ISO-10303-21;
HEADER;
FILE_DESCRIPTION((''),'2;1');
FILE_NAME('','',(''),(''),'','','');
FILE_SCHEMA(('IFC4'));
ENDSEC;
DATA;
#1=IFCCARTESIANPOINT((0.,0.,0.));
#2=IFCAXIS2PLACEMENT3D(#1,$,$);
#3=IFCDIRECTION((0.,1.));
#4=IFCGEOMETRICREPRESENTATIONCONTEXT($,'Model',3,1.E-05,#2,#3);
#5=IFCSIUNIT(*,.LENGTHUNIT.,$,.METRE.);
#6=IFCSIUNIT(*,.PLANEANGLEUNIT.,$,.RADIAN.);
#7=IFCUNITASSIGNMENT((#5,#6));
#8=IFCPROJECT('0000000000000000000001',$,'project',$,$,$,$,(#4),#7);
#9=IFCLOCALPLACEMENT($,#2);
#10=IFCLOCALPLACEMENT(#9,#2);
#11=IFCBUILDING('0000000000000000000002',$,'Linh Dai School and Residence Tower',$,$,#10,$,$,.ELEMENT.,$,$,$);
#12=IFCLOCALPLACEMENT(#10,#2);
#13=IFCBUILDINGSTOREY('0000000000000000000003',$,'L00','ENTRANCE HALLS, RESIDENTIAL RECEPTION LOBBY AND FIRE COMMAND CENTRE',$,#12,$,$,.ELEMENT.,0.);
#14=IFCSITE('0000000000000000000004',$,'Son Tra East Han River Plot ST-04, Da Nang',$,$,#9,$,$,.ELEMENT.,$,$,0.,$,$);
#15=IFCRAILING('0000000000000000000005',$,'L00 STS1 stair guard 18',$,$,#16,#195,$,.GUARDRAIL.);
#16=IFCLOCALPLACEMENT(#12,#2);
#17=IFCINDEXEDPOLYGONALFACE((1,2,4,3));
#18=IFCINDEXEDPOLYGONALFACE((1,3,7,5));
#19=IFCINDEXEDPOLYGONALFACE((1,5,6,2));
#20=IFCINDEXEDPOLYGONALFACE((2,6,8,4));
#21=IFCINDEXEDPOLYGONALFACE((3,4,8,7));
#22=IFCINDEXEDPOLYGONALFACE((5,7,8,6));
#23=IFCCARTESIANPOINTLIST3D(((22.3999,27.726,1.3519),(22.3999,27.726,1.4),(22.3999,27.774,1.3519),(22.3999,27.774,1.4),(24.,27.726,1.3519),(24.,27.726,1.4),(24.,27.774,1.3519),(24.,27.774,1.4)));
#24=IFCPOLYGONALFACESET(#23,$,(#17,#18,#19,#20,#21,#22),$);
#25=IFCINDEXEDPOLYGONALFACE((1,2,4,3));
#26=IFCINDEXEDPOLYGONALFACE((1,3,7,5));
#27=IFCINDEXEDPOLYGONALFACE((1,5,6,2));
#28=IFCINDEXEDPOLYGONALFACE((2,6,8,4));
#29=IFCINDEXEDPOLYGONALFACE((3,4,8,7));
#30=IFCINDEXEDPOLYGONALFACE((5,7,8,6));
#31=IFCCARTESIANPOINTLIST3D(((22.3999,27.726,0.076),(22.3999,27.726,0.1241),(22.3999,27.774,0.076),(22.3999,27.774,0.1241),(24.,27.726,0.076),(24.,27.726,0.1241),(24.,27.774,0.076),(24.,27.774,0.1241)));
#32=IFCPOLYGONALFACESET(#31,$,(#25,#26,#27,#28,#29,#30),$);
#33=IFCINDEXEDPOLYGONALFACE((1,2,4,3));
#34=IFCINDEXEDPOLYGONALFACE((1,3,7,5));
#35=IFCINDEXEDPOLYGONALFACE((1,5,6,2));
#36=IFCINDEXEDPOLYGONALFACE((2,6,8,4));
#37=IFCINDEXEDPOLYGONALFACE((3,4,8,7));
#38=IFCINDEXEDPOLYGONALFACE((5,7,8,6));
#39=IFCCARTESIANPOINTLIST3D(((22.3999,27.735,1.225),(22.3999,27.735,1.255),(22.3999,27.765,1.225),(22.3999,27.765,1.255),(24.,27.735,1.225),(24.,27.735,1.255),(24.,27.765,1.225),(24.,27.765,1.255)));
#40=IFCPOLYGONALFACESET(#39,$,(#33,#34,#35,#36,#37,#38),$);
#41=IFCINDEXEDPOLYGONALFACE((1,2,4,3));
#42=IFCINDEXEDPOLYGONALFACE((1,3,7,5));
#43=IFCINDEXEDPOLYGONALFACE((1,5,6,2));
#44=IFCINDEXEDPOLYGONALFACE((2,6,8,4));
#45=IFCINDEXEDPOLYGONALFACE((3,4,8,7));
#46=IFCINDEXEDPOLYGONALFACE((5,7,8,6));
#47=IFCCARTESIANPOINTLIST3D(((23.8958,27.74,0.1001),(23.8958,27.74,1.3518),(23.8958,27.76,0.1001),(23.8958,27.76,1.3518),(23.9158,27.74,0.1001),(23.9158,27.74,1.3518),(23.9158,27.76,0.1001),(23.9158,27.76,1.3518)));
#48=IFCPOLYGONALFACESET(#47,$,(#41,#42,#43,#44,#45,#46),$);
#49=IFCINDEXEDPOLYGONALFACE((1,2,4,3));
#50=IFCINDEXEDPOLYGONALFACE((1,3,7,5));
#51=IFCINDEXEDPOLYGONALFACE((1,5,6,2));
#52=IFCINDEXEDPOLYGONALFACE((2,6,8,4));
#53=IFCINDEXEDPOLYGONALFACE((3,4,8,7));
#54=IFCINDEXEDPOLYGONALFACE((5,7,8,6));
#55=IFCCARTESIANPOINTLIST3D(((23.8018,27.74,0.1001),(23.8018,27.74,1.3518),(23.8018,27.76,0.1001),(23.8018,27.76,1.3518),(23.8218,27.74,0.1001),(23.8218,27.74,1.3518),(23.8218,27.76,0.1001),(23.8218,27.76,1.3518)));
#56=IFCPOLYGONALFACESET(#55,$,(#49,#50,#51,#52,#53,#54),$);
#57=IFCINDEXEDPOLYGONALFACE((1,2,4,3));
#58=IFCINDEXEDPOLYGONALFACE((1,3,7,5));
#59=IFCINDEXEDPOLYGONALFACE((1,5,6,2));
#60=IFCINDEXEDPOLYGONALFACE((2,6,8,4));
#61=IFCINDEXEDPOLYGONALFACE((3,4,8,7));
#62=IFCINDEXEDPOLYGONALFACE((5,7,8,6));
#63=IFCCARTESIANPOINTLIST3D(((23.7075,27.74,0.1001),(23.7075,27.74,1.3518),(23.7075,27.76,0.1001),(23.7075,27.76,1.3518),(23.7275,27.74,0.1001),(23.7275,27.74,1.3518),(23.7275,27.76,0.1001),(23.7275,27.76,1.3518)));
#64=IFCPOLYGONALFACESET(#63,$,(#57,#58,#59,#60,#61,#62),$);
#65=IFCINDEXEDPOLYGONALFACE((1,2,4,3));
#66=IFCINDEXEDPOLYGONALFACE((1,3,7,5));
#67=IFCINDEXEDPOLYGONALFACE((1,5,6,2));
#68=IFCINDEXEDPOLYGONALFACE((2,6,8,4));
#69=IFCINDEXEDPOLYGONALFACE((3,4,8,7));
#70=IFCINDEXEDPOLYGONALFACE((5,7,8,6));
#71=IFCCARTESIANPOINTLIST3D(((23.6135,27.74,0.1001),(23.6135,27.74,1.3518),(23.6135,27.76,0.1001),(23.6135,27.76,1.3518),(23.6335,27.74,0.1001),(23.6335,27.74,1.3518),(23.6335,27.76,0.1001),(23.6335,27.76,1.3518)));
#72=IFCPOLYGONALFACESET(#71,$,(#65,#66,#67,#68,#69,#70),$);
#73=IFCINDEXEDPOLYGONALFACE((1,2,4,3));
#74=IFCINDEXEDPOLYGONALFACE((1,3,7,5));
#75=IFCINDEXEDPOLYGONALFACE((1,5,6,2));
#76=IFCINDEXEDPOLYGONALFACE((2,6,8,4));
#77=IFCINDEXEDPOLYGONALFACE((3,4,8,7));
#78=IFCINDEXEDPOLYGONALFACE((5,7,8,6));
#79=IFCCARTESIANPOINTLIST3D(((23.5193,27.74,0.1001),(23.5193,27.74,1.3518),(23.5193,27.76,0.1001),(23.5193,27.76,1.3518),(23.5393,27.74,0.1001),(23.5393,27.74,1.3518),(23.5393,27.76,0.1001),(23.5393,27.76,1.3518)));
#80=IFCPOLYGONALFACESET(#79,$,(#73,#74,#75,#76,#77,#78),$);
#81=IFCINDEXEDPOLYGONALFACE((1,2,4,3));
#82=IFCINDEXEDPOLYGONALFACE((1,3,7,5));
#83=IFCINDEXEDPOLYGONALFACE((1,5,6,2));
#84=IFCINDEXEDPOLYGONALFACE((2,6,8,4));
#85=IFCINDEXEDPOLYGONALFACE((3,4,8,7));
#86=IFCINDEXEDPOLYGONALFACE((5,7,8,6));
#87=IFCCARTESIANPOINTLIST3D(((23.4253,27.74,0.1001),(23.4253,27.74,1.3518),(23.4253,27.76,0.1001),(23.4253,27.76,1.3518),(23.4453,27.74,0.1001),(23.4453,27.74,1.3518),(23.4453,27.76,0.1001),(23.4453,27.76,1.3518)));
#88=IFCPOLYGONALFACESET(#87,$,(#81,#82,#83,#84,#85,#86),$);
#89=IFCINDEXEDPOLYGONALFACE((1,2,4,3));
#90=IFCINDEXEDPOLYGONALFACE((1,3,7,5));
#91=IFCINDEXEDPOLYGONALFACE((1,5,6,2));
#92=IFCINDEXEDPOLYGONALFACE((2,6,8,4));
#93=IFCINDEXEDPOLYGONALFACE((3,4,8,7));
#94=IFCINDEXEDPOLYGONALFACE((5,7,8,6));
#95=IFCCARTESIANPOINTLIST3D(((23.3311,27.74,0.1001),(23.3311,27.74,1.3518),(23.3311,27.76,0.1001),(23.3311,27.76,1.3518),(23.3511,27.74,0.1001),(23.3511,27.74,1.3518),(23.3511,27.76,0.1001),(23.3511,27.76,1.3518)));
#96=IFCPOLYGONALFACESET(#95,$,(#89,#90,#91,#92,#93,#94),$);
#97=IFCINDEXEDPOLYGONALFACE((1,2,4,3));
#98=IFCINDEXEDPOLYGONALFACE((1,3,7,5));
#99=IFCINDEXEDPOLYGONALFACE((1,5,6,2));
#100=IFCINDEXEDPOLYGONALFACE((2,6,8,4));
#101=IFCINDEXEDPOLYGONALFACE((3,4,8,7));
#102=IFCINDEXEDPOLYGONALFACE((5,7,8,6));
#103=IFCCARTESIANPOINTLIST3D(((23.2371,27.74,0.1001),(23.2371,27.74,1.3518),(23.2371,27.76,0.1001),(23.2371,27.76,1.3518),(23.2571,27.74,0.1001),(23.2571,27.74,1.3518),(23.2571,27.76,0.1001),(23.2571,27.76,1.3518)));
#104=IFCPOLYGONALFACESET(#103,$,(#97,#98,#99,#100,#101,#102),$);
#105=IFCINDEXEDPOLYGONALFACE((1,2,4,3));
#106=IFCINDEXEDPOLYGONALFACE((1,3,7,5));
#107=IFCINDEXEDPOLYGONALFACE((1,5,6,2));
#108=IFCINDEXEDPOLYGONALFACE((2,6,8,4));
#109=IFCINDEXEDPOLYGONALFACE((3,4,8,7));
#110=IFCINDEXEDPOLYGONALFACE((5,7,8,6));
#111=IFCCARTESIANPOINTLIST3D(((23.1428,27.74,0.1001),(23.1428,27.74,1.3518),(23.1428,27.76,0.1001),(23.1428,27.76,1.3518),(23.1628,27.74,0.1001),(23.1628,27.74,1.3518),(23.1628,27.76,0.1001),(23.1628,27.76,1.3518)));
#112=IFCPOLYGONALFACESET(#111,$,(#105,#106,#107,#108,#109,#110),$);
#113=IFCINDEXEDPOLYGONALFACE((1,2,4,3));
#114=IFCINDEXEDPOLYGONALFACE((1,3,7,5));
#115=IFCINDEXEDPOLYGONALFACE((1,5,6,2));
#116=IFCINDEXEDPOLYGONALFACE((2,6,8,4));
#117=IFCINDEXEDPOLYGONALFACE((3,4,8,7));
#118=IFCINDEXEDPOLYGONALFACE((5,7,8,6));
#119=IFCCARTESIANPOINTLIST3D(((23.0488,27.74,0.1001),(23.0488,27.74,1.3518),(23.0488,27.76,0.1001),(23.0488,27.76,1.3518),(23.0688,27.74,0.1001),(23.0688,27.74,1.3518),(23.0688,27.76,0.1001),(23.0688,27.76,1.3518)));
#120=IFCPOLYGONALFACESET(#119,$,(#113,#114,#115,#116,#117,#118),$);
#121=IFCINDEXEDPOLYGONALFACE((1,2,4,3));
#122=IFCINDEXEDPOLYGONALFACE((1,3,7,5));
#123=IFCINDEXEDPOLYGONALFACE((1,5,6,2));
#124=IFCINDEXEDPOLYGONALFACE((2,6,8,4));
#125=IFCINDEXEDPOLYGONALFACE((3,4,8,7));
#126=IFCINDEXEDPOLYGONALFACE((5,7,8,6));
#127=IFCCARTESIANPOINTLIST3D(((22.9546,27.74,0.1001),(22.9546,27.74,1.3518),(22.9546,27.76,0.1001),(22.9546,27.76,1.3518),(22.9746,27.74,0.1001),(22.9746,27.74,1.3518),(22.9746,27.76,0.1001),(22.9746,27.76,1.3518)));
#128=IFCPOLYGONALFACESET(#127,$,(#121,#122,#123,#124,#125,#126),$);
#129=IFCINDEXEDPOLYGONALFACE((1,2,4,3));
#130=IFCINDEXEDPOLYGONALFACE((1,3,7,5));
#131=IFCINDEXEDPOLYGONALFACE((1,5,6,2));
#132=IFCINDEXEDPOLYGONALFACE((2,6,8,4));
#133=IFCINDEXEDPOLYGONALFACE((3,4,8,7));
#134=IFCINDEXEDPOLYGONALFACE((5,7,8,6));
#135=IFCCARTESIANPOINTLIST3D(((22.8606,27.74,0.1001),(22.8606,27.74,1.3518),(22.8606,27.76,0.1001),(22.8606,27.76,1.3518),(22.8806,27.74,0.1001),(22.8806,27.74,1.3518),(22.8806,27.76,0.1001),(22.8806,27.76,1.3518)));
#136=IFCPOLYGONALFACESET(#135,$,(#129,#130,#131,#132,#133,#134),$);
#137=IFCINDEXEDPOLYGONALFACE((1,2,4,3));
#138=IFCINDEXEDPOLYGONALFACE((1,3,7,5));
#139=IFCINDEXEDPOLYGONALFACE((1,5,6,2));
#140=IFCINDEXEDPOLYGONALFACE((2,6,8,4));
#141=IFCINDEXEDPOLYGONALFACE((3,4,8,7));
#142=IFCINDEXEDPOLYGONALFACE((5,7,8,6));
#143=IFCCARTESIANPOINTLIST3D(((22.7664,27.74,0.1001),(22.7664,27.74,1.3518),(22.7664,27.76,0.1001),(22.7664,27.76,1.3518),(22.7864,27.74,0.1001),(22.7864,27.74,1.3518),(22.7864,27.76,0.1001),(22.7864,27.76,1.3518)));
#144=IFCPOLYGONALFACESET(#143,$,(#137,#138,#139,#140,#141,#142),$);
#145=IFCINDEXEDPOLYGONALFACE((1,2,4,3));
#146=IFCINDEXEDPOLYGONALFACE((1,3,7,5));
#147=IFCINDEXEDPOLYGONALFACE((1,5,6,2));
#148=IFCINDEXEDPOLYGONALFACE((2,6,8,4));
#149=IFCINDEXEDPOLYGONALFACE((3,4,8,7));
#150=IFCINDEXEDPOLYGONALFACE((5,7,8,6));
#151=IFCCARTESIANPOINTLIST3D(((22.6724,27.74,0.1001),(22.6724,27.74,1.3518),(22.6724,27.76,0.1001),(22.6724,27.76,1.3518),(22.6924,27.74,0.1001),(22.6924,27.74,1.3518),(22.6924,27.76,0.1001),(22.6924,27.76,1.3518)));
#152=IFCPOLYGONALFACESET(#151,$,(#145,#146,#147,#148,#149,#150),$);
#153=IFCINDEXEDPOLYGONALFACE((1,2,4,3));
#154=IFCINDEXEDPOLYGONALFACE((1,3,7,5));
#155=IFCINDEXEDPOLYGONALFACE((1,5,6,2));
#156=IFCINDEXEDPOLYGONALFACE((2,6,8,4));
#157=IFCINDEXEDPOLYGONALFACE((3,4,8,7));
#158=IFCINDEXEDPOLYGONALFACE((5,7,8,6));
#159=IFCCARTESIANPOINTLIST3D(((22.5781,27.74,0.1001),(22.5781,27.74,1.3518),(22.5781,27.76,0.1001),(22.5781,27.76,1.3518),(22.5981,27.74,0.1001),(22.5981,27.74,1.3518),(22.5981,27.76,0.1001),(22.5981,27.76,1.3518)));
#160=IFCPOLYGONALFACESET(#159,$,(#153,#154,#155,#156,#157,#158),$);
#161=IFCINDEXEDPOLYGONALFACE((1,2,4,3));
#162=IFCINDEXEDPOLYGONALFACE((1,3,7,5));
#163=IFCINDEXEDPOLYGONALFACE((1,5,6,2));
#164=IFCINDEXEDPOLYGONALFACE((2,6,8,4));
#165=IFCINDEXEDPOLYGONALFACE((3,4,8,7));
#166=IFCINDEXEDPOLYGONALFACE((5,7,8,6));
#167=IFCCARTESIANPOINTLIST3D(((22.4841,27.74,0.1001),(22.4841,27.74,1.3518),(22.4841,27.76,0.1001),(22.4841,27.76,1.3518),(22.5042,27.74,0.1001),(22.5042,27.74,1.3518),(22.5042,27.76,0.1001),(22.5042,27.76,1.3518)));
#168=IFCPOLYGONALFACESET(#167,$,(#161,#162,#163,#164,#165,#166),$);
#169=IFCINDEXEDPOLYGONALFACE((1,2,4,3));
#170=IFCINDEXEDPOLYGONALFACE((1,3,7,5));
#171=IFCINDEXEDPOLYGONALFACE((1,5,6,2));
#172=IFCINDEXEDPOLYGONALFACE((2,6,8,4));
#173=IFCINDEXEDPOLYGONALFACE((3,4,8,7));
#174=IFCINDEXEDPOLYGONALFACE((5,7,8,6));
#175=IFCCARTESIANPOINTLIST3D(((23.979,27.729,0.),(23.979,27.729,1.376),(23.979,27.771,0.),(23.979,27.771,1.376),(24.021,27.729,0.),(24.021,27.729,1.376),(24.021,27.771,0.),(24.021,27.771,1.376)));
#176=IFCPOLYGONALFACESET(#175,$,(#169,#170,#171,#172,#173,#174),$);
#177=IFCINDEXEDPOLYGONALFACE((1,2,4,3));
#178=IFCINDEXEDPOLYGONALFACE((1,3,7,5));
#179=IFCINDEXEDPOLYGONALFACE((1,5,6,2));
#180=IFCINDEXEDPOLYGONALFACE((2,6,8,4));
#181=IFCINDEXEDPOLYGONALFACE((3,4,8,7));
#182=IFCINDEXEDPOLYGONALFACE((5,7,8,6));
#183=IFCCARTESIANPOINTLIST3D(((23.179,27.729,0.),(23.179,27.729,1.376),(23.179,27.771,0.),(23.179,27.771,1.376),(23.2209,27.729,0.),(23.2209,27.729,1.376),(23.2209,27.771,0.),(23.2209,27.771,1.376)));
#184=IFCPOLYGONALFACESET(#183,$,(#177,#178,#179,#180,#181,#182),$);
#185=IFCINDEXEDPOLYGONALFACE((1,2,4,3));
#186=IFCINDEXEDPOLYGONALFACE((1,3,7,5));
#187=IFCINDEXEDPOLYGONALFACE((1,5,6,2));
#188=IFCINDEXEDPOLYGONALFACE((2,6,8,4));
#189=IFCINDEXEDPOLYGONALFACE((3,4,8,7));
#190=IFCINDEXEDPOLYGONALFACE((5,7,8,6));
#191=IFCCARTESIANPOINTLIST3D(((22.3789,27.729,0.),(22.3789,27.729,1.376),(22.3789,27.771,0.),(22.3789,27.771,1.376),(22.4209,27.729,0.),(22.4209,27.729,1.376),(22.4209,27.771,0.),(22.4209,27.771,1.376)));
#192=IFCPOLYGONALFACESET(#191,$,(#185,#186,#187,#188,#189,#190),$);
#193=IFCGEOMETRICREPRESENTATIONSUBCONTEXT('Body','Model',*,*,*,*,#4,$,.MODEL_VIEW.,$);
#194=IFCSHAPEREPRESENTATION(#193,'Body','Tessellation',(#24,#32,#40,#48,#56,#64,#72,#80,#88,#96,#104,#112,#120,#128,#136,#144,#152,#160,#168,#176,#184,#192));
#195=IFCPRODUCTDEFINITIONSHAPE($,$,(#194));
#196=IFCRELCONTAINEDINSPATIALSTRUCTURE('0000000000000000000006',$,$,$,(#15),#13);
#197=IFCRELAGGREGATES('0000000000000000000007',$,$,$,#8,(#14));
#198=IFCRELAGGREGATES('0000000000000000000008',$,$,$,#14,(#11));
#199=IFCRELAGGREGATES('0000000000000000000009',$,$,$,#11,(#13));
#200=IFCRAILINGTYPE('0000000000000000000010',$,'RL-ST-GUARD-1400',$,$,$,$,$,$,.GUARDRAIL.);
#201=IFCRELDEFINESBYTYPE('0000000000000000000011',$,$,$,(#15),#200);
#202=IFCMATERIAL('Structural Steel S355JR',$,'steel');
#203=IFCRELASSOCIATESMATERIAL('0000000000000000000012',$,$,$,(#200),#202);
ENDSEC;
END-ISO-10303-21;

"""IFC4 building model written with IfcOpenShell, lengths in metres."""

from ifc_helpers import new_model, si_unit, direction, frame, origin, origin_2d, place, context, subcontext, project, spatial, rectangle, extrude, source, transform, mapped, material, type_object, element, save


model = new_model("IFC4")

# Units and contexts
model_context = context("Model", 3, precision=1e-05, world=origin(), true_north=direction((0.0, 1.0)))
body_context = subcontext(model_context, "Body", "Model", "MODEL_VIEW")
ifc_project = project(units=[si_unit("LENGTHUNIT", "METRE"), si_unit("PLANEANGLEUNIT", "RADIAN")], contexts=[model_context])

# Site, building, storey
site_placement = place(None, origin())
site = spatial("IfcSite", under=ifc_project, at=site_placement, Name="Son Tra East Han River Plot ST-04, Da Nang", CompositionType="ELEMENT", RefElevation=0.0)
building_placement = place(site_placement, origin())
building = spatial("IfcBuilding", under=site, at=building_placement, Name="Linh Dai School and Residence Tower", CompositionType="ELEMENT")
storey_placement = place(building_placement, origin())
storey = spatial("IfcBuildingStorey", under=building, at=storey_placement, Name="L00", Description="ENTRANCE HALLS, RESIDENTIAL RECEPTION LOBBY AND FIRE COMMAND CENTRE", CompositionType="ELEMENT", Elevation=0.0)

# Shared definitions
ifc_material_1 = material(Name="Structural Steel S355JR", Category="steel")

# Railing
railing_type_1 = type_object("IfcRailingType", Name="RL-ST-GUARD-1400", PredefinedType="GUARDRAIL", material=ifc_material_1)
shared_shape_1 = source(origin(), body_context, "Body", "SweptSolid", [
    extrude(rectangle(XDim=0.0481, YDim=0.0481, at=origin_2d()), frame((0.0, 0.0, 1.376), z_axis=(-1.0, 0.0, 0.0), x_axis=(0.0, -1.0, 0.0)), (0.0, 0.0, 1.0), 1.6001),
    extrude(rectangle(XDim=0.0481, YDim=0.0481, at=origin_2d()), frame((0.0, 0.0, 0.1001), z_axis=(-1.0, 0.0, 0.0), x_axis=(0.0, -1.0, 0.0)), (0.0, 0.0, 1.0), 1.6001),
    extrude(rectangle(XDim=0.03, YDim=0.03, at=origin_2d()), frame((0.0, 0.0, 1.24), z_axis=(-1.0, 0.0, 0.0), x_axis=(0.0, -1.0, 0.0)), (0.0, 0.0, 1.0), 1.6001),
    extrude(rectangle(XDim=0.02, YDim=0.02, at=origin_2d()), frame((-0.0942, 0.0, 0.1001)), (0.0, 0.0, 1.0), 1.2517),
    extrude(rectangle(XDim=0.02, YDim=0.02, at=origin_2d()), frame((-0.1882, 0.0, 0.1001)), (0.0, 0.0, 1.0), 1.2517),
    extrude(rectangle(XDim=0.02, YDim=0.02, at=origin_2d()), frame((-0.2825, 0.0, 0.1001)), (0.0, 0.0, 1.0), 1.2517),
    extrude(rectangle(XDim=0.02, YDim=0.02, at=origin_2d()), frame((-0.3765, 0.0, 0.1001)), (0.0, 0.0, 1.0), 1.2517),
    extrude(rectangle(XDim=0.02, YDim=0.02, at=origin_2d()), frame((-0.4707, 0.0, 0.1001)), (0.0, 0.0, 1.0), 1.2517),
    extrude(rectangle(XDim=0.02, YDim=0.02, at=origin_2d()), frame((-0.5647, 0.0, 0.1001)), (0.0, 0.0, 1.0), 1.2517),
    extrude(rectangle(XDim=0.02, YDim=0.02, at=origin_2d()), frame((-0.6589, 0.0, 0.1001)), (0.0, 0.0, 1.0), 1.2517),
    extrude(rectangle(XDim=0.02, YDim=0.02, at=origin_2d()), frame((-0.7529, 0.0, 0.1001)), (0.0, 0.0, 1.0), 1.2517),
    extrude(rectangle(XDim=0.02, YDim=0.02, at=origin_2d()), frame((-0.8472, 0.0, 0.1001)), (0.0, 0.0, 1.0), 1.2517),
    extrude(rectangle(XDim=0.02, YDim=0.02, at=origin_2d()), frame((-0.9412, 0.0, 0.1001)), (0.0, 0.0, 1.0), 1.2517),
    extrude(rectangle(XDim=0.02, YDim=0.02, at=origin_2d()), frame((-1.0354, 0.0, 0.1001)), (0.0, 0.0, 1.0), 1.2517),
    extrude(rectangle(XDim=0.02, YDim=0.02, at=origin_2d()), frame((-1.1294, 0.0, 0.1001)), (0.0, 0.0, 1.0), 1.2517),
    extrude(rectangle(XDim=0.02, YDim=0.02, at=origin_2d()), frame((-1.2236, 0.0, 0.1001)), (0.0, 0.0, 1.0), 1.2517),
    extrude(rectangle(XDim=0.02, YDim=0.02, at=origin_2d()), frame((-1.3176, 0.0, 0.1001)), (0.0, 0.0, 1.0), 1.2517),
    extrude(rectangle(XDim=0.02, YDim=0.02, at=origin_2d()), frame((-1.4119, 0.0, 0.1001)), (0.0, 0.0, 1.0), 1.2517),
    extrude(rectangle(XDim=0.02, YDim=0.02, at=origin_2d()), frame((-1.5059, 0.0, 0.1001)), (0.0, 0.0, 1.0), 1.2517),
    extrude(rectangle(XDim=0.042, YDim=0.042, at=origin_2d()), origin(), (0.0, 0.0, 1.0), 1.376),
    extrude(rectangle(XDim=0.042, YDim=0.042, at=origin_2d()), frame((-0.8, 0.0, 0.0)), (0.0, 0.0, 1.0), 1.376),
    extrude(rectangle(XDim=0.042, YDim=0.042, at=origin_2d()), frame((-1.6001, 0.0, 0.0)), (0.0, 0.0, 1.0), 1.376),
])
for number, where, name in (
    (1, (24.0, 27.75, 0.0), "L00 STS1 stair guard 18"),
):
    element("IfcRailing", number, at=place(storey_placement, frame(where)), inside=storey, type_object=railing_type_1, Name=name, PredefinedType="GUARDRAIL", context=body_context, shape_type="MappedRepresentation", body=[
        mapped(shared_shape_1, transform((0.0, 0.0, 0.0), x_axis=(1.0, 0.0, 0.0), y_axis=(0.0, 1.0, 0.0), z_axis=(0.0, 0.0, 1.0), scale=1.0)),
    ])

save(model, "model.ifc")
